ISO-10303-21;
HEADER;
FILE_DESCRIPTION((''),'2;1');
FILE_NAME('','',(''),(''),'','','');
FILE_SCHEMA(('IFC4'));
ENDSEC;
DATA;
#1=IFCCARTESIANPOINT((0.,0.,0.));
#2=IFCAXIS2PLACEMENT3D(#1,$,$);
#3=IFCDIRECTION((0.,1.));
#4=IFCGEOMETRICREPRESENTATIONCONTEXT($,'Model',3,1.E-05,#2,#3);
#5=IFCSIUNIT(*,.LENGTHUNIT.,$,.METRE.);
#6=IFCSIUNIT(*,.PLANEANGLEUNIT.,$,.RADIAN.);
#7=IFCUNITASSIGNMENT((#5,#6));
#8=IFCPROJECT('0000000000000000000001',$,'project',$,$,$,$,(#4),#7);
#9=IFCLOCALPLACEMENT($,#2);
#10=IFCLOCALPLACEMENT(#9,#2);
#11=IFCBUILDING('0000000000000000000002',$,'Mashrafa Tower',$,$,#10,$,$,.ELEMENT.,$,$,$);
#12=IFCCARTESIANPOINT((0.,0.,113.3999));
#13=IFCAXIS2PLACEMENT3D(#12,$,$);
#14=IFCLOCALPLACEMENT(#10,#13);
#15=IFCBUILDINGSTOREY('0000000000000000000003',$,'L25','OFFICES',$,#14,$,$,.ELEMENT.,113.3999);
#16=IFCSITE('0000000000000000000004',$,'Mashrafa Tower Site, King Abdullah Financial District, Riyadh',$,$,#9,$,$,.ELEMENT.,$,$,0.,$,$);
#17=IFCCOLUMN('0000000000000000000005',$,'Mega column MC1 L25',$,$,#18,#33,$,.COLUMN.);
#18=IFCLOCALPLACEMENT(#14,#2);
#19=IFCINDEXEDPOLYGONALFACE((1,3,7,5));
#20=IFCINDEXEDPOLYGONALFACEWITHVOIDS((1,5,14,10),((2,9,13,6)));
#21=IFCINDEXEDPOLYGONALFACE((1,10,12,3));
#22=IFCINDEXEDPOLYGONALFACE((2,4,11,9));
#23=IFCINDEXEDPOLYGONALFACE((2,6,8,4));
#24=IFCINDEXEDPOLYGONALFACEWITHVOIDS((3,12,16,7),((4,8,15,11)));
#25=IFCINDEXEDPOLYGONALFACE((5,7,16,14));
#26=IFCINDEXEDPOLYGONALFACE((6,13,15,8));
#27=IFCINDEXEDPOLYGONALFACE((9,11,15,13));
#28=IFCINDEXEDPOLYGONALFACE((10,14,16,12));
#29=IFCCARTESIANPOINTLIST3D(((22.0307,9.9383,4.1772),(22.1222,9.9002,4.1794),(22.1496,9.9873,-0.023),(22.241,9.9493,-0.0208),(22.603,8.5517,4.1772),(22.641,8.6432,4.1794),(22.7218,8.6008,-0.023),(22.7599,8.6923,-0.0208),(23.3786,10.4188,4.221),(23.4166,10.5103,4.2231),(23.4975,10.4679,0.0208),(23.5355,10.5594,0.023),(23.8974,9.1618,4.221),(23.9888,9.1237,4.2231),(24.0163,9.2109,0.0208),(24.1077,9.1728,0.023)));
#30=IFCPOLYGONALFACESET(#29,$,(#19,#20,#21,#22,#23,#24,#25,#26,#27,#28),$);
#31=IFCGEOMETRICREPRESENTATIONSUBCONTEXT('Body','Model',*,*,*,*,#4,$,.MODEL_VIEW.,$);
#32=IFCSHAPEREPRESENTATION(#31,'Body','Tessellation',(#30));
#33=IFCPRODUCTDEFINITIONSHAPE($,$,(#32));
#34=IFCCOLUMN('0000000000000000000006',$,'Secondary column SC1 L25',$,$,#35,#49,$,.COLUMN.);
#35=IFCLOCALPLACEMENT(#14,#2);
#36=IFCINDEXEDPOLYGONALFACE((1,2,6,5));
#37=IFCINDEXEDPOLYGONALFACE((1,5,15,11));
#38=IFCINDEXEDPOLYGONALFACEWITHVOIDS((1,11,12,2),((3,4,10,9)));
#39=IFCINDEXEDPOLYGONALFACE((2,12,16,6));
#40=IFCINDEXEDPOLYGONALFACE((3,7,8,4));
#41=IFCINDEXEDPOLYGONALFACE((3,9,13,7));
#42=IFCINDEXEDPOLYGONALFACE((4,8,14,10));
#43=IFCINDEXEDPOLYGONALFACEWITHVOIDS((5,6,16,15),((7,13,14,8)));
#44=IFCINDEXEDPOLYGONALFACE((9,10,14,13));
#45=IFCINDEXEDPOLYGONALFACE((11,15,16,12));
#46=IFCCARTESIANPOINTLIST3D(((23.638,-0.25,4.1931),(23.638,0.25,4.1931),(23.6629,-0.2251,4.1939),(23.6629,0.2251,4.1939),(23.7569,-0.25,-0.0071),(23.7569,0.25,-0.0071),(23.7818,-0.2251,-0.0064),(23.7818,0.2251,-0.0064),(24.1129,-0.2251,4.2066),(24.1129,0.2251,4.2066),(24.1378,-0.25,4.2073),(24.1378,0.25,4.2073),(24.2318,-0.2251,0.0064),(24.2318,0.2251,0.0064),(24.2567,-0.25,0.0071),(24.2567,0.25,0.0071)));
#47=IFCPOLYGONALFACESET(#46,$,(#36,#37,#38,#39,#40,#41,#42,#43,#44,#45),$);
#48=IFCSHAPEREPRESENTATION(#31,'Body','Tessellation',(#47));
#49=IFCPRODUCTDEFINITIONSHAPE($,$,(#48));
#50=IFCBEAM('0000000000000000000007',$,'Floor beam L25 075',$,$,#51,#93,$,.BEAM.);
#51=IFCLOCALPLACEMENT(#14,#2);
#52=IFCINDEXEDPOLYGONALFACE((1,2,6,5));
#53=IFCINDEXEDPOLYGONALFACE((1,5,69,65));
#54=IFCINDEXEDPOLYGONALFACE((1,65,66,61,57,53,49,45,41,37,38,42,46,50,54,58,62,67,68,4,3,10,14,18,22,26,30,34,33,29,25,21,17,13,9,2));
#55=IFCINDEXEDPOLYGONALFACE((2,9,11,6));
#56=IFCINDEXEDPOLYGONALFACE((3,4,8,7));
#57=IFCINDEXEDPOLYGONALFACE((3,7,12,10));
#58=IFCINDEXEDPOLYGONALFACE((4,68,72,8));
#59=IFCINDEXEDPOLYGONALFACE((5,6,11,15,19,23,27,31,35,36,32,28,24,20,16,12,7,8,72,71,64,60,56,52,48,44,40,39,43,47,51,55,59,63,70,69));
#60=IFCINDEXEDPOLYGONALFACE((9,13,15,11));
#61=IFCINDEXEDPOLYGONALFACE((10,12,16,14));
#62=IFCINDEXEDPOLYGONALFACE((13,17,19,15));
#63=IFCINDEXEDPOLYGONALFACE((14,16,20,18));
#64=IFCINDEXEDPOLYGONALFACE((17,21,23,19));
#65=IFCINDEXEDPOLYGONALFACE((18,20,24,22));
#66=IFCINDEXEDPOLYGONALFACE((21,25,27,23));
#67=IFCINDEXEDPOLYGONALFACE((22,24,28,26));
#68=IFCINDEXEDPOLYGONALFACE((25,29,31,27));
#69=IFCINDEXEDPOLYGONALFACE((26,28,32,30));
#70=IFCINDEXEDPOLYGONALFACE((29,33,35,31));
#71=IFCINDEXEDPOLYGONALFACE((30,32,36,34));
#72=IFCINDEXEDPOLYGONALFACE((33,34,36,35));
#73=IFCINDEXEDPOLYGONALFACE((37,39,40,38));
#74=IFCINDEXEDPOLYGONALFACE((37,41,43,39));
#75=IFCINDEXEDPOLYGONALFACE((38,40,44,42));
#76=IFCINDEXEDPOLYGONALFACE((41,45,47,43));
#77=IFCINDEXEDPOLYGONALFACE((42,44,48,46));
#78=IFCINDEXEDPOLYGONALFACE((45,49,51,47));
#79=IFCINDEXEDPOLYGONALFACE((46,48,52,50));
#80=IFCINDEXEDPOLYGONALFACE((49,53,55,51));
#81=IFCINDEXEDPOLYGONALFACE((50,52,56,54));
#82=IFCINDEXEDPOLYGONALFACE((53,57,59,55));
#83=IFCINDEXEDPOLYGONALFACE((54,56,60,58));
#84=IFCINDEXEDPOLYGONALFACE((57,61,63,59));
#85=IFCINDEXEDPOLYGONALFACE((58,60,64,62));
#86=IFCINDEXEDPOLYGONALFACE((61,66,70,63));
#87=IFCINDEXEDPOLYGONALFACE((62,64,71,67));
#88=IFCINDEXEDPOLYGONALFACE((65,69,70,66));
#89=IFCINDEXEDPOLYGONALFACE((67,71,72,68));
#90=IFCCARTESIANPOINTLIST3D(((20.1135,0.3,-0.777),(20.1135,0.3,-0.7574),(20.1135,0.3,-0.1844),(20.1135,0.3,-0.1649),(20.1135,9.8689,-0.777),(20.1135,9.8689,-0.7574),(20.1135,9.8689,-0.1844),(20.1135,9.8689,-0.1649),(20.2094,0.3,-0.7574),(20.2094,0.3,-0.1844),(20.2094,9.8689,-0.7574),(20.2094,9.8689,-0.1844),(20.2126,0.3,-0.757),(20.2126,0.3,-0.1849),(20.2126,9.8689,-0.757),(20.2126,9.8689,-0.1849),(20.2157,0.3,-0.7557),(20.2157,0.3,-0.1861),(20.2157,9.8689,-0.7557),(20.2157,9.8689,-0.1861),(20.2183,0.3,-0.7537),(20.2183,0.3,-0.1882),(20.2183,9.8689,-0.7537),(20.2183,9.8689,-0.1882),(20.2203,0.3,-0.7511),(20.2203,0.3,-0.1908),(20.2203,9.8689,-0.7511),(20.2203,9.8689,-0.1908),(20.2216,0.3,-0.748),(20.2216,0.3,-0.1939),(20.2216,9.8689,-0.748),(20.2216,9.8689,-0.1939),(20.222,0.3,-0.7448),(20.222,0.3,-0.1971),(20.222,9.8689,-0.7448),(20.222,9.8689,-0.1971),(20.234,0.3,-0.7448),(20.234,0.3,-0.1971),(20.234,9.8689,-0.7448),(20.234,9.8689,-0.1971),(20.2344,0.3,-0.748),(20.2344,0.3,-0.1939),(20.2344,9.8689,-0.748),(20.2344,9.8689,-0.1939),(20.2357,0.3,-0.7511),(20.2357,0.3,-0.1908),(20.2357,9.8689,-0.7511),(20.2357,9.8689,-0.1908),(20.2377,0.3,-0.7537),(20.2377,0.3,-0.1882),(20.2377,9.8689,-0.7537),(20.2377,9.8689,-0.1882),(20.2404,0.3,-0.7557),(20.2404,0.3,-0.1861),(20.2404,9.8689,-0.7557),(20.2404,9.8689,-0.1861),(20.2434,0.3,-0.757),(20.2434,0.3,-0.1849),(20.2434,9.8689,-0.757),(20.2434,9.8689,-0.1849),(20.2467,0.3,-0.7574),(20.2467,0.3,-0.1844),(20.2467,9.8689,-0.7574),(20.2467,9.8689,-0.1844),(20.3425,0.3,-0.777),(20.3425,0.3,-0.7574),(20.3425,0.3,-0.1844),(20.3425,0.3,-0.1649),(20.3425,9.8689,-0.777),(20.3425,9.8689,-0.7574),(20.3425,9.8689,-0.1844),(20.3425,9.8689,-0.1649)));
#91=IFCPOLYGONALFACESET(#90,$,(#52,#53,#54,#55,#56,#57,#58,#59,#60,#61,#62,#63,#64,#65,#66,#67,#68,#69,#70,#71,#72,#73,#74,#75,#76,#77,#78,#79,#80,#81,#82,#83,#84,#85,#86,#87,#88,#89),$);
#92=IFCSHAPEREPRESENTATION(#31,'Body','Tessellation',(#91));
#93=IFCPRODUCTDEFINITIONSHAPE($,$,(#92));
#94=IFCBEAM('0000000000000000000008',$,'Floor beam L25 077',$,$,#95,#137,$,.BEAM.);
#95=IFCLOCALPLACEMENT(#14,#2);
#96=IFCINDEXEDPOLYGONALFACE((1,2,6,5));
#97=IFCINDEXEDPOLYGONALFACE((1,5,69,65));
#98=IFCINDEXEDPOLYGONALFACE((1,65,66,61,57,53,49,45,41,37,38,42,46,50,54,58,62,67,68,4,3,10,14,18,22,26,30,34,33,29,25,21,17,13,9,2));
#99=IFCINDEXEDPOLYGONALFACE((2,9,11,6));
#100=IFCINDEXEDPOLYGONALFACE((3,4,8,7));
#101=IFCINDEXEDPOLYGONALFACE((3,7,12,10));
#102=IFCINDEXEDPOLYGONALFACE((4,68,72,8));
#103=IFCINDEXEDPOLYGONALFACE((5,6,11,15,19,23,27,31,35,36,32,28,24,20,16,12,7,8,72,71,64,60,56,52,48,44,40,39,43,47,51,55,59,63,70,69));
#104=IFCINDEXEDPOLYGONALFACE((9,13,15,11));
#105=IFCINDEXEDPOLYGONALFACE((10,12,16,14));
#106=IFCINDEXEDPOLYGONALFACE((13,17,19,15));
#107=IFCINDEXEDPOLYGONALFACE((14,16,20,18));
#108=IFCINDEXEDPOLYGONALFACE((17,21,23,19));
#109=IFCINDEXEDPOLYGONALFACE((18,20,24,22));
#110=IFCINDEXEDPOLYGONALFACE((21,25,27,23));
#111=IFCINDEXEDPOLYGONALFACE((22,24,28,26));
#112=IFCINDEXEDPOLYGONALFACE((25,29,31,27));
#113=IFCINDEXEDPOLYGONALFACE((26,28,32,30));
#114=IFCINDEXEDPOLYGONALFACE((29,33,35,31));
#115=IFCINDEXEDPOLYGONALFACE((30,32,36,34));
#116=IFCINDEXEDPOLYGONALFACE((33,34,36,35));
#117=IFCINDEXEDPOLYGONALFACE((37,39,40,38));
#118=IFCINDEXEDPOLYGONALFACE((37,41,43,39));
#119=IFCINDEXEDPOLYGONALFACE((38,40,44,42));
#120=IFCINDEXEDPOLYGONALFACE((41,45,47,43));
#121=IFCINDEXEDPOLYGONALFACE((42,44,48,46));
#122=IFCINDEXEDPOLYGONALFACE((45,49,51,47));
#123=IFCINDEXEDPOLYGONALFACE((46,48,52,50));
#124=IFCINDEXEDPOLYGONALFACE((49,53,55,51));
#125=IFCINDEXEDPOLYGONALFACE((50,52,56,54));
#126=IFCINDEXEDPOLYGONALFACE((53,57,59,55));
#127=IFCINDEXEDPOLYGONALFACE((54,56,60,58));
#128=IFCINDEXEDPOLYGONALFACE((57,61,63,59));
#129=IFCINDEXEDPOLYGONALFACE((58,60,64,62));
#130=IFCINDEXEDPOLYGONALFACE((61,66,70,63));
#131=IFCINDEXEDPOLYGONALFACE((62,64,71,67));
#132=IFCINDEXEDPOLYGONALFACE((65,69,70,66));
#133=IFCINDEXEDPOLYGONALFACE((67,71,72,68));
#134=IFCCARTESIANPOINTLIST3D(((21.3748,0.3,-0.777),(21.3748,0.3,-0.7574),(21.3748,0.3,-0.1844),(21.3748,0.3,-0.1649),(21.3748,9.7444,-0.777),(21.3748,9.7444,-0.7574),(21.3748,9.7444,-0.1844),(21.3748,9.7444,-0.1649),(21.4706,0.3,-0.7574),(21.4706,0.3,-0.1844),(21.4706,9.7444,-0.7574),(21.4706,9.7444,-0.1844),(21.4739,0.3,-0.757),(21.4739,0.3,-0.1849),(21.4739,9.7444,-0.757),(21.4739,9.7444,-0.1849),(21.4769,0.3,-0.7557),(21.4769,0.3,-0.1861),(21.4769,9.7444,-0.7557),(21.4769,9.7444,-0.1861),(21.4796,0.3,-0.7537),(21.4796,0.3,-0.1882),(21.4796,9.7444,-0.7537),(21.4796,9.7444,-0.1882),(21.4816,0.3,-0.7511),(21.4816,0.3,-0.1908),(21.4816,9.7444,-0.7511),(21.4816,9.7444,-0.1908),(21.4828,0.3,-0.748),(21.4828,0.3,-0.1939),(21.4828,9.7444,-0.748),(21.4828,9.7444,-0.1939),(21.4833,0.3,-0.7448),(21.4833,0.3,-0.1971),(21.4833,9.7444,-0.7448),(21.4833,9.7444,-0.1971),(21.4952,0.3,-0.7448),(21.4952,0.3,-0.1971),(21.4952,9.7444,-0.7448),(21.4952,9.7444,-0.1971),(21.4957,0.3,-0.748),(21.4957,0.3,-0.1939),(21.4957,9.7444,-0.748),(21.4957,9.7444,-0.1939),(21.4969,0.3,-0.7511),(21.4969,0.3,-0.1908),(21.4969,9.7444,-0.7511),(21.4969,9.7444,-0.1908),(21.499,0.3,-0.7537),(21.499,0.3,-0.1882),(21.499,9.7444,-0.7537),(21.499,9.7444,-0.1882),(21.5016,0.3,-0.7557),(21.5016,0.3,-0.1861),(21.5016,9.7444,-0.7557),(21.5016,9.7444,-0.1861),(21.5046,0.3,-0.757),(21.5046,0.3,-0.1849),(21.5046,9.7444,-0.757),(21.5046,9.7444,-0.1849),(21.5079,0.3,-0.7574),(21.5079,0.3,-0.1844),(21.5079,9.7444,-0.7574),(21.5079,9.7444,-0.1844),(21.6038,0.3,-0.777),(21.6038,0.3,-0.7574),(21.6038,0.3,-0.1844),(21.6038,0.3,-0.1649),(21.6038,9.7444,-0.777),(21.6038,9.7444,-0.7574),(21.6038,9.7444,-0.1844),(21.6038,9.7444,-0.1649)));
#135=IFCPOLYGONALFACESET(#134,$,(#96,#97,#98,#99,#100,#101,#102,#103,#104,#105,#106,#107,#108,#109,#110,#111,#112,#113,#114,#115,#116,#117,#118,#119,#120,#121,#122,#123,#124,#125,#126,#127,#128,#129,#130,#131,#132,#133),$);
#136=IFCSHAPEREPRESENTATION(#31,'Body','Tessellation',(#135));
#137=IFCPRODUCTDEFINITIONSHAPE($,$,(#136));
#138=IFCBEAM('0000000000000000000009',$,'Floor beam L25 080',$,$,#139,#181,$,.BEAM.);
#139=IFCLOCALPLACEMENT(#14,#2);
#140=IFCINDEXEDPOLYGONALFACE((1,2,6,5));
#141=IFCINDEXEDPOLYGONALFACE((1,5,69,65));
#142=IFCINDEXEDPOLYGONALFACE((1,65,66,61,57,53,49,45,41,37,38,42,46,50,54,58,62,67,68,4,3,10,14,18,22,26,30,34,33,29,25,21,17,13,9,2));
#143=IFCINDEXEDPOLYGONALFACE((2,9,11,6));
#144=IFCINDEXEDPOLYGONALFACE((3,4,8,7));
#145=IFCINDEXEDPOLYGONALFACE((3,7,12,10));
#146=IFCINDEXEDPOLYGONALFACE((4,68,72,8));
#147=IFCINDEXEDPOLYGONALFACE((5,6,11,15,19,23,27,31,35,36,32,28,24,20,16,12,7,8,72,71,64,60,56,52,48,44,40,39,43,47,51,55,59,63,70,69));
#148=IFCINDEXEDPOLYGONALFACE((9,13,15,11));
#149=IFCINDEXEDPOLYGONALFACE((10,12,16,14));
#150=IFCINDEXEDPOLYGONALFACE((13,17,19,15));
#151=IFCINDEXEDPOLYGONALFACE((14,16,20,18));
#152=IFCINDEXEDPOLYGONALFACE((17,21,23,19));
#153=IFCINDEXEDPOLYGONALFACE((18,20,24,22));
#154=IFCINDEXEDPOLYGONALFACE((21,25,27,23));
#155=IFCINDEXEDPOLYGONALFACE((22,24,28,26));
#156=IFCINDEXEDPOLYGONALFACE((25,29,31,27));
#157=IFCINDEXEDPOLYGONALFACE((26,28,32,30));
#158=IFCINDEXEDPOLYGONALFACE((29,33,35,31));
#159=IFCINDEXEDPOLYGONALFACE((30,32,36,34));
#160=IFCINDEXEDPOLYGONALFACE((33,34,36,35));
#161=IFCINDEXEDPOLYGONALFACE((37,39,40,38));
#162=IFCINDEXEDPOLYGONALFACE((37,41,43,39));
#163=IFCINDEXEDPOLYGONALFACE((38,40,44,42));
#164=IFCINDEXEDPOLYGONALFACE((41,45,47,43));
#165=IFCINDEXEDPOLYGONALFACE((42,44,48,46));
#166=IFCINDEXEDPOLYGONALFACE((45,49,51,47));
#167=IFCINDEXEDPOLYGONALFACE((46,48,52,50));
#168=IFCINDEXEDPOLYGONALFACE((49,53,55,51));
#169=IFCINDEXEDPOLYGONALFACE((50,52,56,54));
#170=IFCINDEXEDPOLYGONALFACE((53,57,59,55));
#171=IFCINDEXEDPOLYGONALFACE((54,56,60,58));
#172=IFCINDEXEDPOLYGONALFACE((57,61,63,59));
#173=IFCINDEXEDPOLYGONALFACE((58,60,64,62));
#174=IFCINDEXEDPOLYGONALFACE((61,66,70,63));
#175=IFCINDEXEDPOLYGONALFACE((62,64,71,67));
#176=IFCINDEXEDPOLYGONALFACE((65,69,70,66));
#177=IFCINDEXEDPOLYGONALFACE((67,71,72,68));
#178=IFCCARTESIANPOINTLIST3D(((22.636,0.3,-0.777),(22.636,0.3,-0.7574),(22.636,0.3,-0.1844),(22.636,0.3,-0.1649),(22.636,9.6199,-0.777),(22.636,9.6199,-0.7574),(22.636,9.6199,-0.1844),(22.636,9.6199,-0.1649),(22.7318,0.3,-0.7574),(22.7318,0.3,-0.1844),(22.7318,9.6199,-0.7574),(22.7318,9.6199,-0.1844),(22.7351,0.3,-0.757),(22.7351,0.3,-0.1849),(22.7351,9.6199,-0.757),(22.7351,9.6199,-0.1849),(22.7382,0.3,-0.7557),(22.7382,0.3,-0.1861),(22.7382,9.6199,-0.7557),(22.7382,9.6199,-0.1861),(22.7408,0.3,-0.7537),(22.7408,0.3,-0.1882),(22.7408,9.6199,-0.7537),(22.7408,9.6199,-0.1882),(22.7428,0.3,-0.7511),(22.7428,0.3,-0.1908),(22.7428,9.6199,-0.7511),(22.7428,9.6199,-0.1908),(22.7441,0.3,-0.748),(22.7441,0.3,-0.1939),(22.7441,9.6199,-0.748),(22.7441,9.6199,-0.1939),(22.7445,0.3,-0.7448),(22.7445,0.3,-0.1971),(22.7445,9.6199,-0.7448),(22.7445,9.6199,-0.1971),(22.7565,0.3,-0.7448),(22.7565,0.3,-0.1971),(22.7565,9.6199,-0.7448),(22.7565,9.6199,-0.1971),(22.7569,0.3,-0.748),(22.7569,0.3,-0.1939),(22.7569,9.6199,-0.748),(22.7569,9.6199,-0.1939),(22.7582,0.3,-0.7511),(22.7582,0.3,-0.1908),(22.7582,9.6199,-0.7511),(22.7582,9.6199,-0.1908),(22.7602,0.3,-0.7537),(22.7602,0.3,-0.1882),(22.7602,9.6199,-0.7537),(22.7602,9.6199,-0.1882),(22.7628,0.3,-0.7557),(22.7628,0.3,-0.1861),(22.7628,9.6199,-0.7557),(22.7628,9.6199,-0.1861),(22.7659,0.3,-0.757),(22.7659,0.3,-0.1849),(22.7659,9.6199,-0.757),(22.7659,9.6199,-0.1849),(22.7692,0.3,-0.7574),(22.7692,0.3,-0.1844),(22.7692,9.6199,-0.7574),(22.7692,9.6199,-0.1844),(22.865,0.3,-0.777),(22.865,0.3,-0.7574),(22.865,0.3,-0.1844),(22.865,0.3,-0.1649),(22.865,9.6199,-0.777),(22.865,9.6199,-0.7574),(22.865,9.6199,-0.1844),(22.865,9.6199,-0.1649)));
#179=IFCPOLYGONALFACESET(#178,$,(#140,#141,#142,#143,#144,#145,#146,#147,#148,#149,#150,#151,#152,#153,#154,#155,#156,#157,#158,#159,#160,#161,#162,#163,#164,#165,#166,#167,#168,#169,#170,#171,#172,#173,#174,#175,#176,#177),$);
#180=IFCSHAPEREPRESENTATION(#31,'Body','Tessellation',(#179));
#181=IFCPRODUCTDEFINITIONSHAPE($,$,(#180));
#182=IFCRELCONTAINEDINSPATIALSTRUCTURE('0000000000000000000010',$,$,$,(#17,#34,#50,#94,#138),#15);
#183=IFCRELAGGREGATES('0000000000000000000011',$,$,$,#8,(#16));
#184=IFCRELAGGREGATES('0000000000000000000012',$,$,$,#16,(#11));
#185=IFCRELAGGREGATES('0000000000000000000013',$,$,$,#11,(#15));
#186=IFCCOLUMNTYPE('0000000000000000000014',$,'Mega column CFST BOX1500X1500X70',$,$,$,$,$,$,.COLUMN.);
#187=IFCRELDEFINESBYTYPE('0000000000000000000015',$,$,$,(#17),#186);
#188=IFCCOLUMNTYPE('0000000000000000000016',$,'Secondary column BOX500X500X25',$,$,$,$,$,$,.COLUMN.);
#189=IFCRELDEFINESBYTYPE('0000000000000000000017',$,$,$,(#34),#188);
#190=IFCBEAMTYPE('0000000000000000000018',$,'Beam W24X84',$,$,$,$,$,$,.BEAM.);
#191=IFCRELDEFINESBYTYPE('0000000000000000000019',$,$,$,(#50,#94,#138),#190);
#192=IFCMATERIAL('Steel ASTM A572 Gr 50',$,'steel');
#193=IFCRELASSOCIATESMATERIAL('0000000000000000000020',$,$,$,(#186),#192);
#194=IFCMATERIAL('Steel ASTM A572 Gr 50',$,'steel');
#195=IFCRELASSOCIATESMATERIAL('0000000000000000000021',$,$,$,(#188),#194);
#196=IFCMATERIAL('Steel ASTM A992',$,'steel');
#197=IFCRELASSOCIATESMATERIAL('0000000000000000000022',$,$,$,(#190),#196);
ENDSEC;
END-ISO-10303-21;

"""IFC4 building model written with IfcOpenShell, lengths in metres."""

from ifc_helpers import new_model, si_unit, direction, frame, origin, origin_2d, place, context, subcontext, project, spatial, hollow_rectangle, i_section, extrude, material, material_profile, profile_set, type_object, element, save


model = new_model("IFC4")

# Units and contexts
model_context = context("Model", 3, precision=1e-05, world=origin(), true_north=direction((0.0, 1.0)))
body_context = subcontext(model_context, "Body", "Model", "MODEL_VIEW")
ifc_project = project(units=[si_unit("LENGTHUNIT", "METRE"), si_unit("PLANEANGLEUNIT", "RADIAN")], contexts=[model_context])

# Site, building, storey
site_placement = place(None, origin())
site = spatial("IfcSite", under=ifc_project, at=site_placement, Name="Mashrafa Tower Site, King Abdullah Financial District, Riyadh", CompositionType="ELEMENT", RefElevation=0.0)
building_placement = place(site_placement, origin())
building = spatial("IfcBuilding", under=site, at=building_placement, Name="Mashrafa Tower", CompositionType="ELEMENT")
storey_placement = place(building_placement, frame((0.0, 0.0, 113.3999)))
storey = spatial("IfcBuildingStorey", under=building, at=storey_placement, Name="L25", Description="OFFICES", CompositionType="ELEMENT", Elevation=113.3999)

# Columns
ifc_material_1 = material(Name="Steel ASTM A572 Gr 50", Category="steel")
ifc_material_profile_1 = material_profile(ifc_material_1, hollow_rectangle(XDim=1.5, YDim=1.5, WallThickness=0.0701, at=origin_2d()), Name="BOX1500X1500X70")
ifc_profile_set_1 = profile_set([ifc_material_profile_1], Name="Steel ASTM A572 Gr 50")
column_type_1 = type_object("IfcColumnType", Name="Mega column CFST BOX1500X1500X70", PredefinedType="COLUMN", material=ifc_profile_set_1)
column_1_placement = place(storey_placement, frame((23.1287, 9.5801, 0.0), z_axis=(-0.028294, -0.011678, 0.999531), x_axis=(0.381513, -0.924363, 0.0)))
element("IfcColumn", 1, at=column_1_placement, inside=storey, type_object=column_type_1, Name="Mega column MC1 L25", PredefinedType="COLUMN", context=body_context, shape_type="SweptSolid", body=[
    extrude(hollow_rectangle(XDim=1.5, YDim=1.5, WallThickness=0.0701, at=origin_2d()), origin(), (0.0, 0.0, 1.0), 4.2021),
])
ifc_material_2 = material(Name="Steel ASTM A572 Gr 50", Category="steel")
ifc_material_profile_2 = material_profile(ifc_material_2, hollow_rectangle(XDim=0.5, YDim=0.5, WallThickness=0.0249, at=origin_2d()), Name="BOX500X500X25")
ifc_profile_set_2 = profile_set([ifc_material_profile_2], Name="Steel ASTM A572 Gr 50")
column_type_2 = type_object("IfcColumnType", Name="Secondary column BOX500X500X25", PredefinedType="COLUMN", material=ifc_profile_set_2)
column_2_placement = place(storey_placement, frame((24.0068, 0.0, 0.0), z_axis=(-0.028296, 0.0, 0.9996), x_axis=(0.0, -1.0, 0.0)))
element("IfcColumn", 2, at=column_2_placement, inside=storey, type_object=column_type_2, Name="Secondary column SC1 L25", PredefinedType="COLUMN", context=body_context, shape_type="SweptSolid", body=[
    extrude(hollow_rectangle(XDim=0.5, YDim=0.5, WallThickness=0.0249, at=origin_2d()), origin(), (0.0, 0.0, 1.0), 4.2019),
])

# Beams
ifc_material_3 = material(Name="Steel ASTM A992", Category="steel")
ifc_material_profile_3 = material_profile(ifc_material_3, i_section(OverallWidth=0.229, OverallDepth=0.6121, WebThickness=0.012, FlangeThickness=0.0195, FilletRadius=0.0127, at=origin_2d()), Name="W24X84")
ifc_profile_set_3 = profile_set([ifc_material_profile_3], Name="Steel ASTM A992")
beam_type_1 = type_object("IfcBeamType", Name="Beam W24X84", PredefinedType="BEAM", material=ifc_profile_set_3)
beam_1_placement = place(storey_placement, frame((20.228, 9.8689, -0.4709), z_axis=(0.0, -1.0, 0.0), x_axis=(1.0, 0.0, 0.0)))
element("IfcBeam", 3, at=beam_1_placement, inside=storey, type_object=beam_type_1, Name="Floor beam L25 075", PredefinedType="BEAM", context=body_context, shape_type="SweptSolid", body=[
    extrude(i_section(OverallWidth=0.229, OverallDepth=0.6121, WebThickness=0.012, FlangeThickness=0.0195, FilletRadius=0.0127, at=origin_2d()), origin(), (0.0, 0.0, 1.0), 9.5688),
])
beam_2_placement = place(storey_placement, frame((21.4893, 9.7444, -0.4709), z_axis=(0.0, -1.0, 0.0), x_axis=(1.0, 0.0, 0.0)))
element("IfcBeam", 4, at=beam_2_placement, inside=storey, type_object=beam_type_1, Name="Floor beam L25 077", PredefinedType="BEAM", context=body_context, shape_type="SweptSolid", body=[
    extrude(i_section(OverallWidth=0.229, OverallDepth=0.6121, WebThickness=0.012, FlangeThickness=0.0195, FilletRadius=0.0127, at=origin_2d()), origin(), (0.0, 0.0, 1.0), 9.4443),
])
beam_3_placement = place(storey_placement, frame((22.7505, 9.6199, -0.4709), z_axis=(0.0, -1.0, 0.0), x_axis=(1.0, 0.0, 0.0)))
element("IfcBeam", 5, at=beam_3_placement, inside=storey, type_object=beam_type_1, Name="Floor beam L25 080", PredefinedType="BEAM", context=body_context, shape_type="SweptSolid", body=[
    extrude(i_section(OverallWidth=0.229, OverallDepth=0.6121, WebThickness=0.012, FlangeThickness=0.0195, FilletRadius=0.0127, at=origin_2d()), origin(), (0.0, 0.0, 1.0), 9.3198),
])

save(model, "model.ifc")
